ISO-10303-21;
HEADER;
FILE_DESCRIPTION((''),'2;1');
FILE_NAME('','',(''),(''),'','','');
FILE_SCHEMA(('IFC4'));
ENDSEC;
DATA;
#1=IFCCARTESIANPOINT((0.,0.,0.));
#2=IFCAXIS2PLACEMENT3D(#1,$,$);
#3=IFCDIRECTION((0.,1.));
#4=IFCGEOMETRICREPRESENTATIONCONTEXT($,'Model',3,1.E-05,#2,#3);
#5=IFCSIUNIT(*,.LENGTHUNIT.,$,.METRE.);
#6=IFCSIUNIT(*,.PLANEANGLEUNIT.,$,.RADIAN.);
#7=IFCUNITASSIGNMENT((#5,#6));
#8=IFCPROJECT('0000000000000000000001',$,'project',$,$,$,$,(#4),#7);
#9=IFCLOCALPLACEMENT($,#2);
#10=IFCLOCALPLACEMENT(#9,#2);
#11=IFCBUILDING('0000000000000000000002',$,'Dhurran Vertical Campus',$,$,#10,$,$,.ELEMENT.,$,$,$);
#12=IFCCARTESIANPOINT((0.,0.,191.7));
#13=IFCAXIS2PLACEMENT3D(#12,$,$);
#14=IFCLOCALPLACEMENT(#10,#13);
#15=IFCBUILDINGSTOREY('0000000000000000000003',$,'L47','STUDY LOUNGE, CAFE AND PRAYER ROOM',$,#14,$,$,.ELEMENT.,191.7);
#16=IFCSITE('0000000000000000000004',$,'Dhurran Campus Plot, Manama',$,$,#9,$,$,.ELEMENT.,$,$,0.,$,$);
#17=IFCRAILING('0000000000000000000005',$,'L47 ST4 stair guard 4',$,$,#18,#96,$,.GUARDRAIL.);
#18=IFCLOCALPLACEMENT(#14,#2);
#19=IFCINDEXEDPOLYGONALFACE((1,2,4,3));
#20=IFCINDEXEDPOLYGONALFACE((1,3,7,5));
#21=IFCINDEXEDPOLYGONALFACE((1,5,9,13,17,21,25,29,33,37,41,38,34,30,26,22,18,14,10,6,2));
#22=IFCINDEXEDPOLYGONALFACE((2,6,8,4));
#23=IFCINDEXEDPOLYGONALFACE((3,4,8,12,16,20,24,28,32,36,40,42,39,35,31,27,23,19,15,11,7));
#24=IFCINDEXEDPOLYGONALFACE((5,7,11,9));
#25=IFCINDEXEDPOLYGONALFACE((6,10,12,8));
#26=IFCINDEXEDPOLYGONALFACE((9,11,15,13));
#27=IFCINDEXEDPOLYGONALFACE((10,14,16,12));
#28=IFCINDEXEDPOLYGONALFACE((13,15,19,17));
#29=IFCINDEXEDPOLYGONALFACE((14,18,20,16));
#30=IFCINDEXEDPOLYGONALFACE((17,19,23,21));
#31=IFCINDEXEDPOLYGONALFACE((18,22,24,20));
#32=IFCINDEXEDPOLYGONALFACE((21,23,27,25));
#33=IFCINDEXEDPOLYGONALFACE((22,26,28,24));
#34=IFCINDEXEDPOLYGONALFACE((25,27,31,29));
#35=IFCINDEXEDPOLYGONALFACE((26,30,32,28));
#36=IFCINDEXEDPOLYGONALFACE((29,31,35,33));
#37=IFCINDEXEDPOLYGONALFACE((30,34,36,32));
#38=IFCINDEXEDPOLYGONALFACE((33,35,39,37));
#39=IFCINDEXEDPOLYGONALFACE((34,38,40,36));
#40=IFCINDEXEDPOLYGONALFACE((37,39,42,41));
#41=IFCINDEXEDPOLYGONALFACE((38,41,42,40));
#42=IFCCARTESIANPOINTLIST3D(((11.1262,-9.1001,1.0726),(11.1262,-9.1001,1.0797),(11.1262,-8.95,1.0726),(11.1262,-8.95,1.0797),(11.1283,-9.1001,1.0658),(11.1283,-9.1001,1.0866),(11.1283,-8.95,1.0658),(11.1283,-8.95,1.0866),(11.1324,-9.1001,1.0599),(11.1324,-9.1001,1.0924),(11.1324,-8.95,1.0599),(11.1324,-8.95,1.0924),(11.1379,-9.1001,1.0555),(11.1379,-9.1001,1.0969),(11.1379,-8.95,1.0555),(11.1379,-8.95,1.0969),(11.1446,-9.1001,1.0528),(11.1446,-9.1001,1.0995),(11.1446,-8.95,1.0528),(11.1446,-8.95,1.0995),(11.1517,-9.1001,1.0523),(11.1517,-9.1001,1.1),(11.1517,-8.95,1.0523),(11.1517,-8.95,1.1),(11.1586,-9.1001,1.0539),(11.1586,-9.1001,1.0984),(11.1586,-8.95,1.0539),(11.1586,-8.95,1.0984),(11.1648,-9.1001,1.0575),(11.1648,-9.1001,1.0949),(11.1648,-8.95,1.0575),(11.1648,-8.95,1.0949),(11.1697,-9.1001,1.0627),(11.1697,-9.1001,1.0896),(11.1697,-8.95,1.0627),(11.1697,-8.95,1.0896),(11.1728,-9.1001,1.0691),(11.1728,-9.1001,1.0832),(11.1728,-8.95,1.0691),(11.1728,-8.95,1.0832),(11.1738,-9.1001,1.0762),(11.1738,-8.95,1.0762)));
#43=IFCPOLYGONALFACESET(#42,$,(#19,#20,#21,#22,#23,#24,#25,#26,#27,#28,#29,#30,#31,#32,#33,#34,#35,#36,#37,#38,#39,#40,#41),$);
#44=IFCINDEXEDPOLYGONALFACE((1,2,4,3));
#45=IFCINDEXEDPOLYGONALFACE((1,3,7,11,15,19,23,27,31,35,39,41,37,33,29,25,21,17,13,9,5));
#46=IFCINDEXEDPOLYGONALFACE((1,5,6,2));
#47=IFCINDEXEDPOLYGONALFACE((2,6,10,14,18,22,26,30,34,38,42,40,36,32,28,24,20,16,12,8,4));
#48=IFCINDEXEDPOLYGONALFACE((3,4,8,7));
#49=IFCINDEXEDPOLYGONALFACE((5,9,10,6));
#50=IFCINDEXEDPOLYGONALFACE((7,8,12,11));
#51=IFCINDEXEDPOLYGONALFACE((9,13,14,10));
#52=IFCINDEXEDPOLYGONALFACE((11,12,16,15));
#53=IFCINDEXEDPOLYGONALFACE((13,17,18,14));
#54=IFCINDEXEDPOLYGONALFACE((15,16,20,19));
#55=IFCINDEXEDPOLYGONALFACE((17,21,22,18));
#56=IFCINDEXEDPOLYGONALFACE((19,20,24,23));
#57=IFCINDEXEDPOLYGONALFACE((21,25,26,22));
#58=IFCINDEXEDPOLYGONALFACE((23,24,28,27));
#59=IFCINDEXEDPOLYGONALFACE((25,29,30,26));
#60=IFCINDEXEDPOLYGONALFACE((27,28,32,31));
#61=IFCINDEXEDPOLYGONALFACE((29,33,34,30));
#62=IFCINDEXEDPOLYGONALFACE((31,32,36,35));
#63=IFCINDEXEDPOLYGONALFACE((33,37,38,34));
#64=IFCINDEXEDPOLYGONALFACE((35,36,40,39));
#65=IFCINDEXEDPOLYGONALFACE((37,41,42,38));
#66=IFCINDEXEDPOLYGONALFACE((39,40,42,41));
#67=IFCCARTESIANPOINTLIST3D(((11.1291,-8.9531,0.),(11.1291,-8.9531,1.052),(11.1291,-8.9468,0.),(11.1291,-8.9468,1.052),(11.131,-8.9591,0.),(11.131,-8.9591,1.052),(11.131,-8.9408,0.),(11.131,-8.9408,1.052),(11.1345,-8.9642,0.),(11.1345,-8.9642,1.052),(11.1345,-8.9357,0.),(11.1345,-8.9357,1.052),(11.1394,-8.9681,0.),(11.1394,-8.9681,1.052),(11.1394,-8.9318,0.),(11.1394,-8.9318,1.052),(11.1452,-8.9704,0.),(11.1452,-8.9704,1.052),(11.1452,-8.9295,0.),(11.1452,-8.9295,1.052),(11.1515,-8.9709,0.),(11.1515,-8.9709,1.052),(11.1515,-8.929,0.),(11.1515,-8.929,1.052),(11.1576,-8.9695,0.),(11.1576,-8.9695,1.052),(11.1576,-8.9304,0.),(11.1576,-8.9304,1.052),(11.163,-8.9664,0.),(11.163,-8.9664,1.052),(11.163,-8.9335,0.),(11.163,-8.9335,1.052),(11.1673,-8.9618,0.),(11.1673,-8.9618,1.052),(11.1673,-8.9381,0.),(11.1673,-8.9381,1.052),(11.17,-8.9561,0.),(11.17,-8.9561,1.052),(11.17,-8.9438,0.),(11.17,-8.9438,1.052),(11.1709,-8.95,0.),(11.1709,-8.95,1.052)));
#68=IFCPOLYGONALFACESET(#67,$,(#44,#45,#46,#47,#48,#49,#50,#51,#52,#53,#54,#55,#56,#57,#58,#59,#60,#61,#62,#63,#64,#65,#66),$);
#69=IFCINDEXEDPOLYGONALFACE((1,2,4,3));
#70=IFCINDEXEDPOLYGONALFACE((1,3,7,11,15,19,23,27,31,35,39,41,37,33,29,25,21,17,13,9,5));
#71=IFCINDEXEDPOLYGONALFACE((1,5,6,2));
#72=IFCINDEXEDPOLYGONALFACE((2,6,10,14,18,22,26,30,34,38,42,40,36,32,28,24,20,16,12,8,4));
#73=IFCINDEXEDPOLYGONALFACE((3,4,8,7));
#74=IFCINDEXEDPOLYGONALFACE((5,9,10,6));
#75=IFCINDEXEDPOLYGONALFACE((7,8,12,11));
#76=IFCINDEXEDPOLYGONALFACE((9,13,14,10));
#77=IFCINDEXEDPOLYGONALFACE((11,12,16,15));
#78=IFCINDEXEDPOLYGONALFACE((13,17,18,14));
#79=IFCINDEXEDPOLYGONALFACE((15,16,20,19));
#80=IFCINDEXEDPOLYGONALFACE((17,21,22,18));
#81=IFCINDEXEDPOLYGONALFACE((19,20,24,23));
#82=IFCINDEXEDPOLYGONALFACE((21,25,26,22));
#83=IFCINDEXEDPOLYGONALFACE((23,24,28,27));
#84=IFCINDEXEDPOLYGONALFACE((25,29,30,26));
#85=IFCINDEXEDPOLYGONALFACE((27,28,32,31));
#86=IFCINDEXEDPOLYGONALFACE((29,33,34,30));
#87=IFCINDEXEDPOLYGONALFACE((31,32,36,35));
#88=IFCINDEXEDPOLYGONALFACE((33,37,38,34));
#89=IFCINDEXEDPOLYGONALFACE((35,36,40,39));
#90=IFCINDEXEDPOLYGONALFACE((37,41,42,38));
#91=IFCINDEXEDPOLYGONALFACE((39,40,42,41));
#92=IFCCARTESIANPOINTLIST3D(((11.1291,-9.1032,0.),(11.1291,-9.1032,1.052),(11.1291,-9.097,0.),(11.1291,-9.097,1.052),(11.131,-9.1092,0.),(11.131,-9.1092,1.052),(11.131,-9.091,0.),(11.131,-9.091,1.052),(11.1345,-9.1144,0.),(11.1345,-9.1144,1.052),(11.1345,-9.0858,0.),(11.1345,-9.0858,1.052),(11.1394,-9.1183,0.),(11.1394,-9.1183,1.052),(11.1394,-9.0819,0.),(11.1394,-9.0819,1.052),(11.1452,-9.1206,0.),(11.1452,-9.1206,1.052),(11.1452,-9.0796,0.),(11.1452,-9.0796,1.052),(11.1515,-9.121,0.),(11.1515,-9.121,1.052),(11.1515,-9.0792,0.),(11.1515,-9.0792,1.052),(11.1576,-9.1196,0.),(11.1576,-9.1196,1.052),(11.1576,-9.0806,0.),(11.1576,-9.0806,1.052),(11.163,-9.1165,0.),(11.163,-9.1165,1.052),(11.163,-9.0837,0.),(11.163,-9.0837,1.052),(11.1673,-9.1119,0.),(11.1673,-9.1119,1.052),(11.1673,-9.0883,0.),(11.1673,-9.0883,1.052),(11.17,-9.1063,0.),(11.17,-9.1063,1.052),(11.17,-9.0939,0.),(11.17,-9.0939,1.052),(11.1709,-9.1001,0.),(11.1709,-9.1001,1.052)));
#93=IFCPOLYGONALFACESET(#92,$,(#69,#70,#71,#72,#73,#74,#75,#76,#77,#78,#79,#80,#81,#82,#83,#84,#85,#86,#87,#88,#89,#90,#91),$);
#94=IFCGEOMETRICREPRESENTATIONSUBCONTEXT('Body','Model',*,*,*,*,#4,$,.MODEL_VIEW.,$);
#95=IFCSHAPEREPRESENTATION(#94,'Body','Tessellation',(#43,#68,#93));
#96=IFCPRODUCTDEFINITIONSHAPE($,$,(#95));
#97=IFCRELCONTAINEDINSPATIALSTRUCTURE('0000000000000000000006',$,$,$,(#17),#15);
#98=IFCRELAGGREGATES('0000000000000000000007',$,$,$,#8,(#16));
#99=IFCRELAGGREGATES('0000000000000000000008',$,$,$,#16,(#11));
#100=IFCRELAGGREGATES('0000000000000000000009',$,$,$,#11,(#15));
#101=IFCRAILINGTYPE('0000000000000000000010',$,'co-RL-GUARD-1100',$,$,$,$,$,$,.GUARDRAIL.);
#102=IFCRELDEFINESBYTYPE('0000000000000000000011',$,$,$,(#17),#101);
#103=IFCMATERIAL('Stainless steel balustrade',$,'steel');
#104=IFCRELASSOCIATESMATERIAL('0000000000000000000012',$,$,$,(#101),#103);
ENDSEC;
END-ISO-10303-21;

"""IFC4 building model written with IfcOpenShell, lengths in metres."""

from ifc_helpers import new_model, si_unit, direction, frame, origin, origin_2d, place, context, subcontext, project, spatial, circle, extrude, material, type_object, element, save


model = new_model("IFC4")

# Units and contexts
model_context = context("Model", 3, precision=1e-05, world=origin(), true_north=direction((0.0, 1.0)))
body_context = subcontext(model_context, "Body", "Model", "MODEL_VIEW")
ifc_project = project(units=[si_unit("LENGTHUNIT", "METRE"), si_unit("PLANEANGLEUNIT", "RADIAN")], contexts=[model_context])

# Site, building, storey
site_placement = place(None, origin())
site = spatial("IfcSite", under=ifc_project, at=site_placement, Name="Dhurran Campus Plot, Manama", CompositionType="ELEMENT", RefElevation=0.0)
building_placement = place(site_placement, origin())
building = spatial("IfcBuilding", under=site, at=building_placement, Name="Dhurran Vertical Campus", CompositionType="ELEMENT")
storey_placement = place(building_placement, frame((0.0, 0.0, 191.7)))
storey = spatial("IfcBuildingStorey", under=building, at=storey_placement, Name="L47", Description="STUDY LOUNGE, CAFE AND PRAYER ROOM", CompositionType="ELEMENT", Elevation=191.7)

# Railing
ifc_material_1 = material(Name="Stainless steel balustrade", Category="steel")
railing_type_1 = type_object("IfcRailingType", Name="co-RL-GUARD-1100", PredefinedType="GUARDRAIL", material=ifc_material_1)
railing_1_placement = place(storey_placement, frame((11.1499, -8.95, 0.0)))
element("IfcRailing", 1, at=railing_1_placement, inside=storey, type_object=railing_type_1, Name="L47 ST4 stair guard 4", PredefinedType="GUARDRAIL", context=body_context, shape_type="SweptSolid", body=[
    extrude(circle(Radius=0.0239, at=origin_2d()), frame((0.0, 0.0, 1.0762), z_axis=(0.0, -1.0, 0.0), x_axis=(1.0, 0.0, 0.0)), (0.0, 0.0, 1.0), 0.1501),
    extrude(circle(Radius=0.021, at=origin_2d()), origin(), (0.0, 0.0, 1.0), 1.052),
    extrude(circle(Radius=0.021, at=origin_2d()), frame((0.0, -0.1501, 0.0)), (0.0, 0.0, 1.0), 1.052),
])

save(model, "model.ifc")
